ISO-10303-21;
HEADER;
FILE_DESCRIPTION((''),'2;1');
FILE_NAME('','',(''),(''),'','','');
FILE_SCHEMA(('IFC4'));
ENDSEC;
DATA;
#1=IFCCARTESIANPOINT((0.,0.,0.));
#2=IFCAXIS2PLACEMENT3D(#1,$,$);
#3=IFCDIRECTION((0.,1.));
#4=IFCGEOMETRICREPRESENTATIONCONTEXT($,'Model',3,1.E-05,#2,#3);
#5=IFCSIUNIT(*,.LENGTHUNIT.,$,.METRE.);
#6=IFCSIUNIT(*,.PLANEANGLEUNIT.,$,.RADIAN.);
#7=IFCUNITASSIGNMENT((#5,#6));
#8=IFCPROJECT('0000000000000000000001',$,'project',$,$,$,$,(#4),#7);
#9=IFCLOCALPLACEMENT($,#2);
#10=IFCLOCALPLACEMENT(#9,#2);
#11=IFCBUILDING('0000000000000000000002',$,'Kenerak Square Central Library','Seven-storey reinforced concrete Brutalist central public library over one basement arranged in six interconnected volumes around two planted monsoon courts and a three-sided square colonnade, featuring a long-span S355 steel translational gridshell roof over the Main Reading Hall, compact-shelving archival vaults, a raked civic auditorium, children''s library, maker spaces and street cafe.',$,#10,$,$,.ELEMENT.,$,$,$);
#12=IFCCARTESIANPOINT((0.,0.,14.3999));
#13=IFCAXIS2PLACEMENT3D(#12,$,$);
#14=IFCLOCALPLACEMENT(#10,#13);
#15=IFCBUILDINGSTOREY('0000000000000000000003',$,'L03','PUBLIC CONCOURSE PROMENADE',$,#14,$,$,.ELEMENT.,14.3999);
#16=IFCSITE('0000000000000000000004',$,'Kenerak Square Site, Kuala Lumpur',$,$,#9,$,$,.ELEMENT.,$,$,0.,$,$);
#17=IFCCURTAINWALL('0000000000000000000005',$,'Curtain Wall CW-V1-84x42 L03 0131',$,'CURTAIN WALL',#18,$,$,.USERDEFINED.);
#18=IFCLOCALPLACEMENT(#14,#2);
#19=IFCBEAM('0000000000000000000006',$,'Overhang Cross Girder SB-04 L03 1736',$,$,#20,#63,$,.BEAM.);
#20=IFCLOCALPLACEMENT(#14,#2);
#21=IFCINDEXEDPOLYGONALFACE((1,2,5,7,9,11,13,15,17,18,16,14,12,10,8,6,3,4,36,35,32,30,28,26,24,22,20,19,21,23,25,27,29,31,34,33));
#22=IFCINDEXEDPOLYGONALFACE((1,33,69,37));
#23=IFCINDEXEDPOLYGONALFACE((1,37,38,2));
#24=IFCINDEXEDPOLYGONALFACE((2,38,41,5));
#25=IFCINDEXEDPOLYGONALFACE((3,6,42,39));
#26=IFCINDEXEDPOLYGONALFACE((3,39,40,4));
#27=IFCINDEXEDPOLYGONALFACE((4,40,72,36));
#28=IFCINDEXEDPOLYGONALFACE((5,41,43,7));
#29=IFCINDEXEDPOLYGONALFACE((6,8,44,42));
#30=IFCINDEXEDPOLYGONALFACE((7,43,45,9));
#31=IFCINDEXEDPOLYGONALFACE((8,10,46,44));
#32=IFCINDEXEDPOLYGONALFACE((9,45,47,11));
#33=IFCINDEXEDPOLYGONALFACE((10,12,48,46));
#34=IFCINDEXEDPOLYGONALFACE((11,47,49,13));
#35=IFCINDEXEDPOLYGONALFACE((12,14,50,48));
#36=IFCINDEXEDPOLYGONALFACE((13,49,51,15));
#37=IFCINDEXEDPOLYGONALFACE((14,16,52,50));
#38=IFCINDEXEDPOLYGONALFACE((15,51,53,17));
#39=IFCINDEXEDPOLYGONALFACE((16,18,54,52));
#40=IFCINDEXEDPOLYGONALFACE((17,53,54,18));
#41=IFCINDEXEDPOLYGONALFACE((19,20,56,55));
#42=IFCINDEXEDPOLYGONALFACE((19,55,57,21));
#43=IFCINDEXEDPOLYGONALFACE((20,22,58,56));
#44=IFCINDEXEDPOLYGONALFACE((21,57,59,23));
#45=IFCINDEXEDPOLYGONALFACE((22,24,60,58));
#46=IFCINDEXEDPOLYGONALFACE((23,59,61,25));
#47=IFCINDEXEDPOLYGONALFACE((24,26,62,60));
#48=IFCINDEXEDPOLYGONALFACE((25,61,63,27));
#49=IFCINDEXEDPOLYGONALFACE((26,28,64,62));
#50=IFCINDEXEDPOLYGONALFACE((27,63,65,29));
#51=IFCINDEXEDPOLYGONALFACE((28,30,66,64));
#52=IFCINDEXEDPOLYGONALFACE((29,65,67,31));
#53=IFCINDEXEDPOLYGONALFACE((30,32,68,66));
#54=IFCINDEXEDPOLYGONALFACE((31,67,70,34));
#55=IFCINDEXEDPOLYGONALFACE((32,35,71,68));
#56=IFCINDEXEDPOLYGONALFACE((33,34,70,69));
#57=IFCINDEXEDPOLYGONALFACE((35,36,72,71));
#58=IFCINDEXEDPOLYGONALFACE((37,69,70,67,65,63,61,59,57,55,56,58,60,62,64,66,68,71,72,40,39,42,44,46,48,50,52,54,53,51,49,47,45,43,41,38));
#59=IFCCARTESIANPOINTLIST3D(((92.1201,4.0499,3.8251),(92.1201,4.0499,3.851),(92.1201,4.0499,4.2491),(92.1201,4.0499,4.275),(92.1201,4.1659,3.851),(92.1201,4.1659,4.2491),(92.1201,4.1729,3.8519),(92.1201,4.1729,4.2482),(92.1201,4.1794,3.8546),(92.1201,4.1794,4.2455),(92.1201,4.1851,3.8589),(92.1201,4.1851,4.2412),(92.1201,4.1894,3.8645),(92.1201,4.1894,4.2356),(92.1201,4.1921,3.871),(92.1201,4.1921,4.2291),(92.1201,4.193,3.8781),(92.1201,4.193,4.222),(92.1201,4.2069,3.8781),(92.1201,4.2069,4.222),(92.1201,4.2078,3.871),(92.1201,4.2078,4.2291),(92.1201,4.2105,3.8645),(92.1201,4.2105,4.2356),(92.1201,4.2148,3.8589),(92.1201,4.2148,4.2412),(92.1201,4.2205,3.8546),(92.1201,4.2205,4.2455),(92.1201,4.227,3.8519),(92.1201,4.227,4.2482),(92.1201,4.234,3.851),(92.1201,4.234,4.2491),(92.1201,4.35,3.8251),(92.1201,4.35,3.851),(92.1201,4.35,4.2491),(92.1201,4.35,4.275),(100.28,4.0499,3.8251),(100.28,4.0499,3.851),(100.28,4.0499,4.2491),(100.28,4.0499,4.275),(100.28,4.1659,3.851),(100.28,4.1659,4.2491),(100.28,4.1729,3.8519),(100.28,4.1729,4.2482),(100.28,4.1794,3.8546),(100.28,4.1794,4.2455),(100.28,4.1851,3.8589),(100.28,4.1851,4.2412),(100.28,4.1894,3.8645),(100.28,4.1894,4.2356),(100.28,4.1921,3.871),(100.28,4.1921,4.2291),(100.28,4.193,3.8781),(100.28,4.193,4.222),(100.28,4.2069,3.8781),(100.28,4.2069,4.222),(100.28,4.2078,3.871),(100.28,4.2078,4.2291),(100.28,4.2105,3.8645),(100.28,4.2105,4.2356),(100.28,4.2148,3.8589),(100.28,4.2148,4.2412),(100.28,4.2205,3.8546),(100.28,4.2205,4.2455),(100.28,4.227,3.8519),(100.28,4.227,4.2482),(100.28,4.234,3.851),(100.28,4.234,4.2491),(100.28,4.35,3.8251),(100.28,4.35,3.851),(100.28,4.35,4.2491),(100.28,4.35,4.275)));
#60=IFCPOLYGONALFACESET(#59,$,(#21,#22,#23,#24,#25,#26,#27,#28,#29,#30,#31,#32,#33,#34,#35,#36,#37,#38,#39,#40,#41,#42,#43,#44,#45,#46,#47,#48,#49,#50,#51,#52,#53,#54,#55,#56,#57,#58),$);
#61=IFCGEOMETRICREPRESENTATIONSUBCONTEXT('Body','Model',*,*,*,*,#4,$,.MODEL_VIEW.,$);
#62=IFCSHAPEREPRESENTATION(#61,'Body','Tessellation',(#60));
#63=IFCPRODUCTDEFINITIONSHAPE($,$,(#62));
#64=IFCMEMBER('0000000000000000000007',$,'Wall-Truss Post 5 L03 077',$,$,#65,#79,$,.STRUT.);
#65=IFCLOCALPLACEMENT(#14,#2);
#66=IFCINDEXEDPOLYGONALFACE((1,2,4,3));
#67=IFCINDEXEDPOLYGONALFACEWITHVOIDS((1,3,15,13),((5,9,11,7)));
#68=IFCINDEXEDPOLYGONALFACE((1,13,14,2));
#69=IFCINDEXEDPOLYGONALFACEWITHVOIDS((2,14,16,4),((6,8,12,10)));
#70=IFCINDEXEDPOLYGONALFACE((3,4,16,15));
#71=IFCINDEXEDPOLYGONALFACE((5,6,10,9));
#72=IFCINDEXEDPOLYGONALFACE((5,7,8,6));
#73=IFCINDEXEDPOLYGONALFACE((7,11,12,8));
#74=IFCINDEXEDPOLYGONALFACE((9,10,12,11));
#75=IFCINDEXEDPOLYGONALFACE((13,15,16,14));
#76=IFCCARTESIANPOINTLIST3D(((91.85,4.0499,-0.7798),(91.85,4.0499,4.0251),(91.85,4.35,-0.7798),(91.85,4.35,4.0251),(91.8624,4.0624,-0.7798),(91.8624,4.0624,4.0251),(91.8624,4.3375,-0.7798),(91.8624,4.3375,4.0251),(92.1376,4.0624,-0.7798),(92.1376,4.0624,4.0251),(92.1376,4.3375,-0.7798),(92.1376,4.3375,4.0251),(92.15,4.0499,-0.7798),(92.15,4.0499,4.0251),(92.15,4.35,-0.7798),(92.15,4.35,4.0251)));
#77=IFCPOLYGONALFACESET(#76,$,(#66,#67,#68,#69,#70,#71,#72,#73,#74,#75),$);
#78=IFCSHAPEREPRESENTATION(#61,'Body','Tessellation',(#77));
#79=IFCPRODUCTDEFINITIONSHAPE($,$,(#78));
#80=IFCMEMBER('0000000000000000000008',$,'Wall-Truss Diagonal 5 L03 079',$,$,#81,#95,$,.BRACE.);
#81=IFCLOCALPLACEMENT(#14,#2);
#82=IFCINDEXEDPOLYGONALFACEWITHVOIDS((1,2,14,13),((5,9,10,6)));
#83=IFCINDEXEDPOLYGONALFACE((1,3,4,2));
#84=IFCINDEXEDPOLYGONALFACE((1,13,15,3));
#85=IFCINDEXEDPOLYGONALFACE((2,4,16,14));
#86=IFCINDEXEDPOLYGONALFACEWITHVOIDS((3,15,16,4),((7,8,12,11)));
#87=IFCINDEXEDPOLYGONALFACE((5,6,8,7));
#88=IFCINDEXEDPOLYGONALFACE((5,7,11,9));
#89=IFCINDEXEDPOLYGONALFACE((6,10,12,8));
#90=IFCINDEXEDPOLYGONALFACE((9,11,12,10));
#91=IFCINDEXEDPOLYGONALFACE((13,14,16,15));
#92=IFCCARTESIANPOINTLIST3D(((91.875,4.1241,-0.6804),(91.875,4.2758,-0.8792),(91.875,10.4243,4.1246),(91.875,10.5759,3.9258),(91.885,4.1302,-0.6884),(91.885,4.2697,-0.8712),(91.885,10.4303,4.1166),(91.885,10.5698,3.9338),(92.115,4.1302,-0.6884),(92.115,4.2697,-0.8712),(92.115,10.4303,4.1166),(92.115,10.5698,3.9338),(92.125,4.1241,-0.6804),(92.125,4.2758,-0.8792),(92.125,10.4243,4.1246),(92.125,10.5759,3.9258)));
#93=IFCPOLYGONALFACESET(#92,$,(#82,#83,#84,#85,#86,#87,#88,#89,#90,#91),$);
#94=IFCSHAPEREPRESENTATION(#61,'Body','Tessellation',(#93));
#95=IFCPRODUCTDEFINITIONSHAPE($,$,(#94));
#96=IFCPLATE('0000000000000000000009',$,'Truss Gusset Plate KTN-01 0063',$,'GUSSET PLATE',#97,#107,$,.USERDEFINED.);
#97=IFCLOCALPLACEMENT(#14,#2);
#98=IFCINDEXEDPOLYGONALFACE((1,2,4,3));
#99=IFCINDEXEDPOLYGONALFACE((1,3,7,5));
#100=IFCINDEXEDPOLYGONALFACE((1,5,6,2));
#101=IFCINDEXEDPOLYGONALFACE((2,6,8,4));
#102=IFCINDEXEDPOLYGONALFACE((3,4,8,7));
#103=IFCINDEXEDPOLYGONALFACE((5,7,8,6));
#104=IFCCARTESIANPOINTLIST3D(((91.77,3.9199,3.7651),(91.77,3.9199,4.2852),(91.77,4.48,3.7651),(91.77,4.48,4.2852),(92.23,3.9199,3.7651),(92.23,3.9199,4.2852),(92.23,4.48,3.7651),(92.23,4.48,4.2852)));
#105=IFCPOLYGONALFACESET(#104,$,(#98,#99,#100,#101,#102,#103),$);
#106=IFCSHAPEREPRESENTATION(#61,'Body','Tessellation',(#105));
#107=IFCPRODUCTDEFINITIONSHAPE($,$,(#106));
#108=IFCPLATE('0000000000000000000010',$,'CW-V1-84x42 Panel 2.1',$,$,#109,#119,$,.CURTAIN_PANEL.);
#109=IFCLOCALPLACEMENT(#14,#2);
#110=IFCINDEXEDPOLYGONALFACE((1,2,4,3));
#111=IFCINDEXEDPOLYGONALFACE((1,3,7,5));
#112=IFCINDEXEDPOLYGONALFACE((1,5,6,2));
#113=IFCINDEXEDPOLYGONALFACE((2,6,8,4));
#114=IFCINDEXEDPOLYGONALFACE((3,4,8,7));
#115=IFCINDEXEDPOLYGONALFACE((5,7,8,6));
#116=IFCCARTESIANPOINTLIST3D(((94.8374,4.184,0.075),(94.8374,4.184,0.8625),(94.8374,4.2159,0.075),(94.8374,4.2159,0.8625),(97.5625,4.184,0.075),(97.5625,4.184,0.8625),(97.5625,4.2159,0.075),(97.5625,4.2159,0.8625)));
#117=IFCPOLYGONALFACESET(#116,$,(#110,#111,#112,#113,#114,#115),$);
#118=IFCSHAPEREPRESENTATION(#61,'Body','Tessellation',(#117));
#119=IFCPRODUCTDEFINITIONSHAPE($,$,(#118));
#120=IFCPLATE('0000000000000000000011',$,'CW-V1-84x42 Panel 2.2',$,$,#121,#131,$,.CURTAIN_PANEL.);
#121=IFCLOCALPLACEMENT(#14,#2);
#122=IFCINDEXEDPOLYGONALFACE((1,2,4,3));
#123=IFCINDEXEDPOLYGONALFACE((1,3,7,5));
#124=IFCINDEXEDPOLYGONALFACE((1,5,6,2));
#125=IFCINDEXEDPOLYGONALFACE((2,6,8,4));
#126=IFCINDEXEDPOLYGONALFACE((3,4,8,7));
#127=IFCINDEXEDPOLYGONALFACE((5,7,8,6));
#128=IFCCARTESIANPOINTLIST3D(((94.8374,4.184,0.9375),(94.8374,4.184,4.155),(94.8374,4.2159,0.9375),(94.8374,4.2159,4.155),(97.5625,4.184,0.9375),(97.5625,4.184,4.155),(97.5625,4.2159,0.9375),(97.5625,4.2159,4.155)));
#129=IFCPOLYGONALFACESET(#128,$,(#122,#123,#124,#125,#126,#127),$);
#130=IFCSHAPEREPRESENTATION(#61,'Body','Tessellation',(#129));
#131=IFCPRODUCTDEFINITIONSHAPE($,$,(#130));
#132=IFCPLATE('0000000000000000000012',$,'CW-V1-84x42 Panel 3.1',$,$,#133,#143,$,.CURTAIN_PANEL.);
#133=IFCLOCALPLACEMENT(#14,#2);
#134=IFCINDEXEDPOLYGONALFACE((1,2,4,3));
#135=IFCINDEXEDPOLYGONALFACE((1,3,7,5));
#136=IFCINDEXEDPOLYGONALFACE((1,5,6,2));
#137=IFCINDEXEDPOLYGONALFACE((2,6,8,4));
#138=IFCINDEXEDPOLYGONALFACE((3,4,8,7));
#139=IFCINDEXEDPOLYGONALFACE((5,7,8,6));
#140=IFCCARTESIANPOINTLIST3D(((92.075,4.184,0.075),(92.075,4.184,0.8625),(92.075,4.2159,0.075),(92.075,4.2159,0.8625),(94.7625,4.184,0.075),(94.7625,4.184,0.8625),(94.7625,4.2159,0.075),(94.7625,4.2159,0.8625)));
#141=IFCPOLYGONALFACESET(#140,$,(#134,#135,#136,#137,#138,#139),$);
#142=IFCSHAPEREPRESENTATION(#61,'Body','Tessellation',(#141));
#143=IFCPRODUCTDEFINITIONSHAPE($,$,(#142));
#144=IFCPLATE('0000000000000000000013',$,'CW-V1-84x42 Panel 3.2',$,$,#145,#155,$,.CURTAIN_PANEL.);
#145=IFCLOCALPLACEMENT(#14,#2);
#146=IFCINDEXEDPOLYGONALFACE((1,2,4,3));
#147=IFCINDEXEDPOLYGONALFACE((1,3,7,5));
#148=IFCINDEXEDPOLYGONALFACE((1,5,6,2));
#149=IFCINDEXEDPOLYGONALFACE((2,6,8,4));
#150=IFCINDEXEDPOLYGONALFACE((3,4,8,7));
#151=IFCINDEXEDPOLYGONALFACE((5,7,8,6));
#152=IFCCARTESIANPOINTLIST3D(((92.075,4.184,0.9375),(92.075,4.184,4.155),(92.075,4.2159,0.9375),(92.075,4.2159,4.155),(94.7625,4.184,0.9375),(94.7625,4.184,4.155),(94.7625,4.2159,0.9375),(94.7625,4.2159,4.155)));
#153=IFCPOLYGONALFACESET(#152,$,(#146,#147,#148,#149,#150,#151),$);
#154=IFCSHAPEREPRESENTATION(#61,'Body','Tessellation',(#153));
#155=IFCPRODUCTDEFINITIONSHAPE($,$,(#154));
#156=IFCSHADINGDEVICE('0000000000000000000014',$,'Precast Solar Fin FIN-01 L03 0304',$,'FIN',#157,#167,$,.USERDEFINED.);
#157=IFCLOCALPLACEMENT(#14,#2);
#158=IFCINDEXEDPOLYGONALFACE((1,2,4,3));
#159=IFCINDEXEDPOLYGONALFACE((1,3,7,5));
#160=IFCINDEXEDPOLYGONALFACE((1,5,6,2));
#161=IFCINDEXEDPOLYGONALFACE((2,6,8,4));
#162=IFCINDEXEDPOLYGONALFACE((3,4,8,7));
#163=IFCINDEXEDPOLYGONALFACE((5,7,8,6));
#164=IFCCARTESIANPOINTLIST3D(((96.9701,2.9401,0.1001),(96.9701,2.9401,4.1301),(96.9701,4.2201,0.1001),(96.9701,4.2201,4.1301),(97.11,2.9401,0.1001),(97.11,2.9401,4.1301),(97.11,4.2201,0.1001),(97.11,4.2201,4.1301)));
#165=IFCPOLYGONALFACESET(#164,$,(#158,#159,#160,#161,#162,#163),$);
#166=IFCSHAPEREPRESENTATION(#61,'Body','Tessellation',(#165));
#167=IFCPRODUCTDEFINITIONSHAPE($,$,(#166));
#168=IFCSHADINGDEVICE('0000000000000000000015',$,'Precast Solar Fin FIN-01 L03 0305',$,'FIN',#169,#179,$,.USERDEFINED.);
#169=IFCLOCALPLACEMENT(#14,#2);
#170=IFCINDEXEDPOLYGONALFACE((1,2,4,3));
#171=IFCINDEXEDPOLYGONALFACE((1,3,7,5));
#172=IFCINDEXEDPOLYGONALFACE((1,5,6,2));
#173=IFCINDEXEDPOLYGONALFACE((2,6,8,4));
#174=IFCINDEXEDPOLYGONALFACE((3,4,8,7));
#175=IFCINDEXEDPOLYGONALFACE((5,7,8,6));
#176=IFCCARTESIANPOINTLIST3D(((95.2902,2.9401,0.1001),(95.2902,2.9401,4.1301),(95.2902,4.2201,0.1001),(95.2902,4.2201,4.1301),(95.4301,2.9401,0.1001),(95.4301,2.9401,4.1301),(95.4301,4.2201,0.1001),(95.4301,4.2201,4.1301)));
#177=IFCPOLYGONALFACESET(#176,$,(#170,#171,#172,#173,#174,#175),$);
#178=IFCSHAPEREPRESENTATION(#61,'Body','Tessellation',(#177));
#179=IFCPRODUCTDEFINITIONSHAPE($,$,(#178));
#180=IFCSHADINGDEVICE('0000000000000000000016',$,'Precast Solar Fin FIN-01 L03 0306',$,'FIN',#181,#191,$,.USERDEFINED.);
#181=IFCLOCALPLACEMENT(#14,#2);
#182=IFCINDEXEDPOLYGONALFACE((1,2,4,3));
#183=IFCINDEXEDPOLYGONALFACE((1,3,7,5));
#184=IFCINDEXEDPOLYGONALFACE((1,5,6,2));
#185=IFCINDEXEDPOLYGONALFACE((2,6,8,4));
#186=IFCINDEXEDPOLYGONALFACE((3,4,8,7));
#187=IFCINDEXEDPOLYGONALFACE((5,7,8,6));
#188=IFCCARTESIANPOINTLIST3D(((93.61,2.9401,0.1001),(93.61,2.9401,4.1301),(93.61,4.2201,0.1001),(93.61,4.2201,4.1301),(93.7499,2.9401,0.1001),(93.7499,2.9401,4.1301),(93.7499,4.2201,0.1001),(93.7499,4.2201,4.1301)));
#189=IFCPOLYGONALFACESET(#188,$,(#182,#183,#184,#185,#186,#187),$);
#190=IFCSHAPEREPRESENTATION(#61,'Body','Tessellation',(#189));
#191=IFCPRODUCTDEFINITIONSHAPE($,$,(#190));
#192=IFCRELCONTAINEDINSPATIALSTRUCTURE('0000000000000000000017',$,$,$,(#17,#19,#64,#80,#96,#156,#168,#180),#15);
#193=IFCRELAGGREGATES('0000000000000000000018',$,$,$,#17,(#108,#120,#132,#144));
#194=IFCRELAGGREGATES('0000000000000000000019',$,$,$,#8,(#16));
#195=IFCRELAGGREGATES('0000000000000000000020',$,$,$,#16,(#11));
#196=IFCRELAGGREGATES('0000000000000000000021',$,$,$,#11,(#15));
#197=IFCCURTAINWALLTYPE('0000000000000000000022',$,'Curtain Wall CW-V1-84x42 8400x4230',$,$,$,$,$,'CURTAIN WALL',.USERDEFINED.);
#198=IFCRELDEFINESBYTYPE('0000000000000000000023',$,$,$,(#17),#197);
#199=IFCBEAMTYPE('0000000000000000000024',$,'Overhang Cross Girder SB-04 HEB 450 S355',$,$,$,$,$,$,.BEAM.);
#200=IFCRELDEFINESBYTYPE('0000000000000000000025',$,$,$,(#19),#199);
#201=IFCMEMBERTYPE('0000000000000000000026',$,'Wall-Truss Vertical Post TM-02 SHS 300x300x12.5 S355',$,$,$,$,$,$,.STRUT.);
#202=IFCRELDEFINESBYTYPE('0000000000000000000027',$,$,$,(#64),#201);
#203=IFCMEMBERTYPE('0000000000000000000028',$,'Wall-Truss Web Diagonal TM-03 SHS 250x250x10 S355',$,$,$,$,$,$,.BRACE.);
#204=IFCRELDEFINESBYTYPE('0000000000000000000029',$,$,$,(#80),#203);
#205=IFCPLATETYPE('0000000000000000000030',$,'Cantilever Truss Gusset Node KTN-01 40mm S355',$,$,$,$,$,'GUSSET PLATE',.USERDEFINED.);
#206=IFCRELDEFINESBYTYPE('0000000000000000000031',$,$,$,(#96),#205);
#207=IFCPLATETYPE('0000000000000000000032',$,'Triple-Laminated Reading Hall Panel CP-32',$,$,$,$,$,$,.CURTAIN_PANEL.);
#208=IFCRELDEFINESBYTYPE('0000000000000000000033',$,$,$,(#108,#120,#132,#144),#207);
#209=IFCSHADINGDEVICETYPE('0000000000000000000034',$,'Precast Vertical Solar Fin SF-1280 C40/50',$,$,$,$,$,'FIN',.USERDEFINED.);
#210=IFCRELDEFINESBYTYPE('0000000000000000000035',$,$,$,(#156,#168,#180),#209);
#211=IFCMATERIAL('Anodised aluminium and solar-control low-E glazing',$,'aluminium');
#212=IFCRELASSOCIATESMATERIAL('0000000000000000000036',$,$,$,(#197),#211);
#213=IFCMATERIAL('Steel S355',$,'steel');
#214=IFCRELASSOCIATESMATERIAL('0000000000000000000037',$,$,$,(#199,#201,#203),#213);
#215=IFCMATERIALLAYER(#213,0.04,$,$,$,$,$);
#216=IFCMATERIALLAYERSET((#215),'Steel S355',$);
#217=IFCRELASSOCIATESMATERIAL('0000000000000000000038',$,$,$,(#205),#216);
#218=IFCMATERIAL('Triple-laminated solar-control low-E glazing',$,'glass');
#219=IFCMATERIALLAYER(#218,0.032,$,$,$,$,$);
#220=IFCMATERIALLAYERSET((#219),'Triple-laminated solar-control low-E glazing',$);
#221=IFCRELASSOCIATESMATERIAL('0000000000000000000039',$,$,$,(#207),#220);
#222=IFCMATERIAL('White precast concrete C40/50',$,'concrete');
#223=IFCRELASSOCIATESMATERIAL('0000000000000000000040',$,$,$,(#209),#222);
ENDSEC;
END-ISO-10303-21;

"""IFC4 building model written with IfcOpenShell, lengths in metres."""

from ifc_helpers import new_model, si_unit, direction, frame, origin, origin_2d, place, context, subcontext, project, spatial, rectangle, hollow_rectangle, i_section, extrude, material, layer, layer_set, material_profile, profile_set, type_object, element, aggregate, save


model = new_model("IFC4")

# Units and contexts
model_context = context("Model", 3, precision=1e-05, world=origin(), true_north=direction((0.0, 1.0)))
body_context = subcontext(model_context, "Body", "Model", "MODEL_VIEW")
ifc_project = project(units=[si_unit("LENGTHUNIT", "METRE"), si_unit("PLANEANGLEUNIT", "RADIAN")], contexts=[model_context])

# Site, building, storey
site_placement = place(None, origin())
site = spatial("IfcSite", under=ifc_project, at=site_placement, Name="Kenerak Square Site, Kuala Lumpur", CompositionType="ELEMENT", RefElevation=0.0)
building_placement = place(site_placement, origin())
building = spatial("IfcBuilding", under=site, at=building_placement, Name="Kenerak Square Central Library", Description="Seven-storey reinforced concrete Brutalist central public library over one basement arranged in six interconnected volumes around two planted monsoon courts and a three-sided square colonnade, featuring a long-span S355 steel translational gridshell roof over the Main Reading Hall, compact-shelving archival vaults, a raked civic auditorium, children's library, maker spaces and street cafe.", CompositionType="ELEMENT")
storey_placement = place(building_placement, frame((0.0, 0.0, 14.3999)))
storey = spatial("IfcBuildingStorey", under=building, at=storey_placement, Name="L03", Description="PUBLIC CONCOURSE PROMENADE", CompositionType="ELEMENT", Elevation=14.3999)

# Shared definitions
ifc_material_1 = material(Name="Steel S355", Category="steel")

# Curtain wall
ifc_material_2 = material(Name="Anodised aluminium and solar-control low-E glazing", Category="aluminium")
curtain_wall_type_1 = type_object("IfcCurtainWallType", Name="Curtain Wall CW-V1-84x42 8400x4230", ElementType="CURTAIN WALL", PredefinedType="USERDEFINED", material=ifc_material_2)
curtain_wall_1_placement = place(storey_placement, origin())
curtain_wall_1 = element("IfcCurtainWall", 1, at=curtain_wall_1_placement, inside=storey, type_object=curtain_wall_type_1, Name="Curtain Wall CW-V1-84x42 L03 0131", ObjectType="CURTAIN WALL", PredefinedType="USERDEFINED")

# Beam
ifc_material_profile_1 = material_profile(ifc_material_1, i_section(OverallWidth=0.3, OverallDepth=0.45, WebThickness=0.0139, FlangeThickness=0.0259, FilletRadius=0.0271, at=origin_2d()), Name="HEB 450")
ifc_profile_set_1 = profile_set([ifc_material_profile_1], Name="Steel S355")
beam_type_1 = type_object("IfcBeamType", Name="Overhang Cross Girder SB-04 HEB 450 S355", PredefinedType="BEAM", material=ifc_profile_set_1)
beam_1_placement = place(storey_placement, frame((92.1201, 4.2, 4.05), z_axis=(1.0, 0.0, 0.0), x_axis=(0.0, 1.0, 0.0)))
element("IfcBeam", 2, at=beam_1_placement, inside=storey, type_object=beam_type_1, Name="Overhang Cross Girder SB-04 L03 1736", PredefinedType="BEAM", context=body_context, shape_type="SweptSolid", body=[
    extrude(i_section(OverallWidth=0.3, OverallDepth=0.45, WebThickness=0.0139, FlangeThickness=0.0259, FilletRadius=0.0271, at=origin_2d()), origin(), (0.0, 0.0, 1.0), 8.1599),
])

# Members
ifc_material_profile_2 = material_profile(ifc_material_1, hollow_rectangle(XDim=0.3, YDim=0.3, WallThickness=0.0125, at=origin_2d()), Name="SHS 300x300x12.5")
ifc_profile_set_2 = profile_set([ifc_material_profile_2], Name="Steel S355")
member_type_1 = type_object("IfcMemberType", Name="Wall-Truss Vertical Post TM-02 SHS 300x300x12.5 S355", PredefinedType="STRUT", material=ifc_profile_set_2)
member_1_placement = place(storey_placement, frame((92.0, 4.2, -0.7798), z_axis=(0.0, 0.0, 1.0), x_axis=(1.0, 0.0, 0.0)))
element("IfcMember", 3, at=member_1_placement, inside=storey, type_object=member_type_1, Name="Wall-Truss Post 5 L03 077", PredefinedType="STRUT", context=body_context, shape_type="SweptSolid", body=[
    extrude(hollow_rectangle(XDim=0.3, YDim=0.3, WallThickness=0.0125, at=origin_2d()), origin(), (0.0, 0.0, 1.0), 4.8049),
])
ifc_material_profile_3 = material_profile(ifc_material_1, hollow_rectangle(XDim=0.25, YDim=0.25, WallThickness=0.01, at=origin_2d()), Name="SHS 250x250x10.0")
ifc_profile_set_3 = profile_set([ifc_material_profile_3], Name="Steel S355")
member_type_2 = type_object("IfcMemberType", Name="Wall-Truss Web Diagonal TM-03 SHS 250x250x10 S355", PredefinedType="BRACE", material=ifc_profile_set_3)
member_2_placement = place(storey_placement, frame((92.0, 4.2, -0.7798), z_axis=(0.0, 0.795134, 0.606434), x_axis=(-1.0, 0.0, 0.0)))
element("IfcMember", 4, at=member_2_placement, inside=storey, type_object=member_type_2, Name="Wall-Truss Diagonal 5 L03 079", PredefinedType="BRACE", context=body_context, shape_type="SweptSolid", body=[
    extrude(hollow_rectangle(XDim=0.25, YDim=0.25, WallThickness=0.01, at=origin_2d()), origin(), (0.0, 0.0, 1.0), 7.9233),
])

# Plates
ifc_layer_1 = layer(ifc_material_1, 0.04)
ifc_layer_set_1 = layer_set([ifc_layer_1], Name="Steel S355")
plate_type_1 = type_object("IfcPlateType", Name="Cantilever Truss Gusset Node KTN-01 40mm S355", ElementType="GUSSET PLATE", PredefinedType="USERDEFINED", material=ifc_layer_set_1)
plate_1_placement = place(storey_placement, frame((92.0, 4.2, 3.7651), z_axis=(0.0, 0.0, 1.0), x_axis=(1.0, 0.0, 0.0)))
element("IfcPlate", 5, at=plate_1_placement, inside=storey, type_object=plate_type_1, Name="Truss Gusset Plate KTN-01 0063", ObjectType="GUSSET PLATE", PredefinedType="USERDEFINED", context=body_context, shape_type="SweptSolid", body=[
    extrude(rectangle(XDim=0.46, YDim=0.5601, at=origin_2d()), origin(), (0.0, 0.0, 1.0), 0.52),
])
ifc_material_3 = material(Name="Triple-laminated solar-control low-E glazing", Category="glass")
ifc_layer_2 = layer(ifc_material_3, 0.032)
ifc_layer_set_2 = layer_set([ifc_layer_2], Name="Triple-laminated solar-control low-E glazing")
plate_type_2 = type_object("IfcPlateType", Name="Triple-Laminated Reading Hall Panel CP-32", PredefinedType="CURTAIN_PANEL", material=ifc_layer_set_2)
plate_2_placement = place(storey_placement, frame((96.2, 4.2, 0.075), z_axis=(0.0, 0.0, 1.0), x_axis=(-1.0, 0.0, 0.0)))
plate_2 = element("IfcPlate", 6, at=plate_2_placement, type_object=plate_type_2, Name="CW-V1-84x42 Panel 2.1", PredefinedType="CURTAIN_PANEL", context=body_context, shape_type="SweptSolid", body=[
    extrude(rectangle(XDim=2.7251, YDim=0.032, at=origin_2d()), origin(), (0.0, 0.0, 1.0), 0.7876),
])
plate_3_placement = place(storey_placement, frame((96.2, 4.2, 0.9375), z_axis=(0.0, 0.0, 1.0), x_axis=(-1.0, 0.0, 0.0)))
plate_3 = element("IfcPlate", 7, at=plate_3_placement, type_object=plate_type_2, Name="CW-V1-84x42 Panel 2.2", PredefinedType="CURTAIN_PANEL", context=body_context, shape_type="SweptSolid", body=[
    extrude(rectangle(XDim=2.7251, YDim=0.032, at=origin_2d()), origin(), (0.0, 0.0, 1.0), 3.2175),
])
plate_4_placement = place(storey_placement, frame((93.4187, 4.2, 0.075), z_axis=(0.0, 0.0, 1.0), x_axis=(-1.0, 0.0, 0.0)))
plate_4 = element("IfcPlate", 8, at=plate_4_placement, type_object=plate_type_2, Name="CW-V1-84x42 Panel 3.1", PredefinedType="CURTAIN_PANEL", context=body_context, shape_type="SweptSolid", body=[
    extrude(rectangle(XDim=2.6875, YDim=0.032, at=origin_2d()), origin(), (0.0, 0.0, 1.0), 0.7876),
])
plate_5_placement = place(storey_placement, frame((93.4187, 4.2, 0.9375), z_axis=(0.0, 0.0, 1.0), x_axis=(-1.0, 0.0, 0.0)))
plate_5 = element("IfcPlate", 9, at=plate_5_placement, type_object=plate_type_2, Name="CW-V1-84x42 Panel 3.2", PredefinedType="CURTAIN_PANEL", context=body_context, shape_type="SweptSolid", body=[
    extrude(rectangle(XDim=2.6875, YDim=0.032, at=origin_2d()), origin(), (0.0, 0.0, 1.0), 3.2175),
])
aggregate(curtain_wall_1, [plate_2, plate_3, plate_4, plate_5])

# Shading devices
ifc_material_4 = material(Name="White precast concrete C40/50", Category="concrete")
shading_device_type = type_object("IfcShadingDeviceType", Name="Precast Vertical Solar Fin SF-1280 C40/50", ElementType="FIN", PredefinedType="USERDEFINED", material=ifc_material_4)
for number, where, z_axis, x_axis, name in (
    (10, (97.04, 3.5801, 0.1001), (0.0, 0.0, 1.0), (-1.0, 0.0, 0.0), "Precast Solar Fin FIN-01 L03 0304"),
    (11, (95.3601, 3.5801, 0.1001), (0.0, 0.0, 1.0), (-1.0, 0.0, 0.0), "Precast Solar Fin FIN-01 L03 0305"),
    (12, (93.6799, 3.5801, 0.1001), (0.0, 0.0, 1.0), (-1.0, 0.0, 0.0), "Precast Solar Fin FIN-01 L03 0306"),
):
    element("IfcShadingDevice", number, at=place(storey_placement, frame(where, z_axis=z_axis, x_axis=x_axis)), inside=storey, type_object=shading_device_type, Name=name, ObjectType="FIN", PredefinedType="USERDEFINED", context=body_context, shape_type="SweptSolid", body=[
        extrude(rectangle(XDim=0.1399, YDim=1.28, at=origin_2d()), origin(), (0.0, 0.0, 1.0), 4.03),
    ])

save(model, "model.ifc")
